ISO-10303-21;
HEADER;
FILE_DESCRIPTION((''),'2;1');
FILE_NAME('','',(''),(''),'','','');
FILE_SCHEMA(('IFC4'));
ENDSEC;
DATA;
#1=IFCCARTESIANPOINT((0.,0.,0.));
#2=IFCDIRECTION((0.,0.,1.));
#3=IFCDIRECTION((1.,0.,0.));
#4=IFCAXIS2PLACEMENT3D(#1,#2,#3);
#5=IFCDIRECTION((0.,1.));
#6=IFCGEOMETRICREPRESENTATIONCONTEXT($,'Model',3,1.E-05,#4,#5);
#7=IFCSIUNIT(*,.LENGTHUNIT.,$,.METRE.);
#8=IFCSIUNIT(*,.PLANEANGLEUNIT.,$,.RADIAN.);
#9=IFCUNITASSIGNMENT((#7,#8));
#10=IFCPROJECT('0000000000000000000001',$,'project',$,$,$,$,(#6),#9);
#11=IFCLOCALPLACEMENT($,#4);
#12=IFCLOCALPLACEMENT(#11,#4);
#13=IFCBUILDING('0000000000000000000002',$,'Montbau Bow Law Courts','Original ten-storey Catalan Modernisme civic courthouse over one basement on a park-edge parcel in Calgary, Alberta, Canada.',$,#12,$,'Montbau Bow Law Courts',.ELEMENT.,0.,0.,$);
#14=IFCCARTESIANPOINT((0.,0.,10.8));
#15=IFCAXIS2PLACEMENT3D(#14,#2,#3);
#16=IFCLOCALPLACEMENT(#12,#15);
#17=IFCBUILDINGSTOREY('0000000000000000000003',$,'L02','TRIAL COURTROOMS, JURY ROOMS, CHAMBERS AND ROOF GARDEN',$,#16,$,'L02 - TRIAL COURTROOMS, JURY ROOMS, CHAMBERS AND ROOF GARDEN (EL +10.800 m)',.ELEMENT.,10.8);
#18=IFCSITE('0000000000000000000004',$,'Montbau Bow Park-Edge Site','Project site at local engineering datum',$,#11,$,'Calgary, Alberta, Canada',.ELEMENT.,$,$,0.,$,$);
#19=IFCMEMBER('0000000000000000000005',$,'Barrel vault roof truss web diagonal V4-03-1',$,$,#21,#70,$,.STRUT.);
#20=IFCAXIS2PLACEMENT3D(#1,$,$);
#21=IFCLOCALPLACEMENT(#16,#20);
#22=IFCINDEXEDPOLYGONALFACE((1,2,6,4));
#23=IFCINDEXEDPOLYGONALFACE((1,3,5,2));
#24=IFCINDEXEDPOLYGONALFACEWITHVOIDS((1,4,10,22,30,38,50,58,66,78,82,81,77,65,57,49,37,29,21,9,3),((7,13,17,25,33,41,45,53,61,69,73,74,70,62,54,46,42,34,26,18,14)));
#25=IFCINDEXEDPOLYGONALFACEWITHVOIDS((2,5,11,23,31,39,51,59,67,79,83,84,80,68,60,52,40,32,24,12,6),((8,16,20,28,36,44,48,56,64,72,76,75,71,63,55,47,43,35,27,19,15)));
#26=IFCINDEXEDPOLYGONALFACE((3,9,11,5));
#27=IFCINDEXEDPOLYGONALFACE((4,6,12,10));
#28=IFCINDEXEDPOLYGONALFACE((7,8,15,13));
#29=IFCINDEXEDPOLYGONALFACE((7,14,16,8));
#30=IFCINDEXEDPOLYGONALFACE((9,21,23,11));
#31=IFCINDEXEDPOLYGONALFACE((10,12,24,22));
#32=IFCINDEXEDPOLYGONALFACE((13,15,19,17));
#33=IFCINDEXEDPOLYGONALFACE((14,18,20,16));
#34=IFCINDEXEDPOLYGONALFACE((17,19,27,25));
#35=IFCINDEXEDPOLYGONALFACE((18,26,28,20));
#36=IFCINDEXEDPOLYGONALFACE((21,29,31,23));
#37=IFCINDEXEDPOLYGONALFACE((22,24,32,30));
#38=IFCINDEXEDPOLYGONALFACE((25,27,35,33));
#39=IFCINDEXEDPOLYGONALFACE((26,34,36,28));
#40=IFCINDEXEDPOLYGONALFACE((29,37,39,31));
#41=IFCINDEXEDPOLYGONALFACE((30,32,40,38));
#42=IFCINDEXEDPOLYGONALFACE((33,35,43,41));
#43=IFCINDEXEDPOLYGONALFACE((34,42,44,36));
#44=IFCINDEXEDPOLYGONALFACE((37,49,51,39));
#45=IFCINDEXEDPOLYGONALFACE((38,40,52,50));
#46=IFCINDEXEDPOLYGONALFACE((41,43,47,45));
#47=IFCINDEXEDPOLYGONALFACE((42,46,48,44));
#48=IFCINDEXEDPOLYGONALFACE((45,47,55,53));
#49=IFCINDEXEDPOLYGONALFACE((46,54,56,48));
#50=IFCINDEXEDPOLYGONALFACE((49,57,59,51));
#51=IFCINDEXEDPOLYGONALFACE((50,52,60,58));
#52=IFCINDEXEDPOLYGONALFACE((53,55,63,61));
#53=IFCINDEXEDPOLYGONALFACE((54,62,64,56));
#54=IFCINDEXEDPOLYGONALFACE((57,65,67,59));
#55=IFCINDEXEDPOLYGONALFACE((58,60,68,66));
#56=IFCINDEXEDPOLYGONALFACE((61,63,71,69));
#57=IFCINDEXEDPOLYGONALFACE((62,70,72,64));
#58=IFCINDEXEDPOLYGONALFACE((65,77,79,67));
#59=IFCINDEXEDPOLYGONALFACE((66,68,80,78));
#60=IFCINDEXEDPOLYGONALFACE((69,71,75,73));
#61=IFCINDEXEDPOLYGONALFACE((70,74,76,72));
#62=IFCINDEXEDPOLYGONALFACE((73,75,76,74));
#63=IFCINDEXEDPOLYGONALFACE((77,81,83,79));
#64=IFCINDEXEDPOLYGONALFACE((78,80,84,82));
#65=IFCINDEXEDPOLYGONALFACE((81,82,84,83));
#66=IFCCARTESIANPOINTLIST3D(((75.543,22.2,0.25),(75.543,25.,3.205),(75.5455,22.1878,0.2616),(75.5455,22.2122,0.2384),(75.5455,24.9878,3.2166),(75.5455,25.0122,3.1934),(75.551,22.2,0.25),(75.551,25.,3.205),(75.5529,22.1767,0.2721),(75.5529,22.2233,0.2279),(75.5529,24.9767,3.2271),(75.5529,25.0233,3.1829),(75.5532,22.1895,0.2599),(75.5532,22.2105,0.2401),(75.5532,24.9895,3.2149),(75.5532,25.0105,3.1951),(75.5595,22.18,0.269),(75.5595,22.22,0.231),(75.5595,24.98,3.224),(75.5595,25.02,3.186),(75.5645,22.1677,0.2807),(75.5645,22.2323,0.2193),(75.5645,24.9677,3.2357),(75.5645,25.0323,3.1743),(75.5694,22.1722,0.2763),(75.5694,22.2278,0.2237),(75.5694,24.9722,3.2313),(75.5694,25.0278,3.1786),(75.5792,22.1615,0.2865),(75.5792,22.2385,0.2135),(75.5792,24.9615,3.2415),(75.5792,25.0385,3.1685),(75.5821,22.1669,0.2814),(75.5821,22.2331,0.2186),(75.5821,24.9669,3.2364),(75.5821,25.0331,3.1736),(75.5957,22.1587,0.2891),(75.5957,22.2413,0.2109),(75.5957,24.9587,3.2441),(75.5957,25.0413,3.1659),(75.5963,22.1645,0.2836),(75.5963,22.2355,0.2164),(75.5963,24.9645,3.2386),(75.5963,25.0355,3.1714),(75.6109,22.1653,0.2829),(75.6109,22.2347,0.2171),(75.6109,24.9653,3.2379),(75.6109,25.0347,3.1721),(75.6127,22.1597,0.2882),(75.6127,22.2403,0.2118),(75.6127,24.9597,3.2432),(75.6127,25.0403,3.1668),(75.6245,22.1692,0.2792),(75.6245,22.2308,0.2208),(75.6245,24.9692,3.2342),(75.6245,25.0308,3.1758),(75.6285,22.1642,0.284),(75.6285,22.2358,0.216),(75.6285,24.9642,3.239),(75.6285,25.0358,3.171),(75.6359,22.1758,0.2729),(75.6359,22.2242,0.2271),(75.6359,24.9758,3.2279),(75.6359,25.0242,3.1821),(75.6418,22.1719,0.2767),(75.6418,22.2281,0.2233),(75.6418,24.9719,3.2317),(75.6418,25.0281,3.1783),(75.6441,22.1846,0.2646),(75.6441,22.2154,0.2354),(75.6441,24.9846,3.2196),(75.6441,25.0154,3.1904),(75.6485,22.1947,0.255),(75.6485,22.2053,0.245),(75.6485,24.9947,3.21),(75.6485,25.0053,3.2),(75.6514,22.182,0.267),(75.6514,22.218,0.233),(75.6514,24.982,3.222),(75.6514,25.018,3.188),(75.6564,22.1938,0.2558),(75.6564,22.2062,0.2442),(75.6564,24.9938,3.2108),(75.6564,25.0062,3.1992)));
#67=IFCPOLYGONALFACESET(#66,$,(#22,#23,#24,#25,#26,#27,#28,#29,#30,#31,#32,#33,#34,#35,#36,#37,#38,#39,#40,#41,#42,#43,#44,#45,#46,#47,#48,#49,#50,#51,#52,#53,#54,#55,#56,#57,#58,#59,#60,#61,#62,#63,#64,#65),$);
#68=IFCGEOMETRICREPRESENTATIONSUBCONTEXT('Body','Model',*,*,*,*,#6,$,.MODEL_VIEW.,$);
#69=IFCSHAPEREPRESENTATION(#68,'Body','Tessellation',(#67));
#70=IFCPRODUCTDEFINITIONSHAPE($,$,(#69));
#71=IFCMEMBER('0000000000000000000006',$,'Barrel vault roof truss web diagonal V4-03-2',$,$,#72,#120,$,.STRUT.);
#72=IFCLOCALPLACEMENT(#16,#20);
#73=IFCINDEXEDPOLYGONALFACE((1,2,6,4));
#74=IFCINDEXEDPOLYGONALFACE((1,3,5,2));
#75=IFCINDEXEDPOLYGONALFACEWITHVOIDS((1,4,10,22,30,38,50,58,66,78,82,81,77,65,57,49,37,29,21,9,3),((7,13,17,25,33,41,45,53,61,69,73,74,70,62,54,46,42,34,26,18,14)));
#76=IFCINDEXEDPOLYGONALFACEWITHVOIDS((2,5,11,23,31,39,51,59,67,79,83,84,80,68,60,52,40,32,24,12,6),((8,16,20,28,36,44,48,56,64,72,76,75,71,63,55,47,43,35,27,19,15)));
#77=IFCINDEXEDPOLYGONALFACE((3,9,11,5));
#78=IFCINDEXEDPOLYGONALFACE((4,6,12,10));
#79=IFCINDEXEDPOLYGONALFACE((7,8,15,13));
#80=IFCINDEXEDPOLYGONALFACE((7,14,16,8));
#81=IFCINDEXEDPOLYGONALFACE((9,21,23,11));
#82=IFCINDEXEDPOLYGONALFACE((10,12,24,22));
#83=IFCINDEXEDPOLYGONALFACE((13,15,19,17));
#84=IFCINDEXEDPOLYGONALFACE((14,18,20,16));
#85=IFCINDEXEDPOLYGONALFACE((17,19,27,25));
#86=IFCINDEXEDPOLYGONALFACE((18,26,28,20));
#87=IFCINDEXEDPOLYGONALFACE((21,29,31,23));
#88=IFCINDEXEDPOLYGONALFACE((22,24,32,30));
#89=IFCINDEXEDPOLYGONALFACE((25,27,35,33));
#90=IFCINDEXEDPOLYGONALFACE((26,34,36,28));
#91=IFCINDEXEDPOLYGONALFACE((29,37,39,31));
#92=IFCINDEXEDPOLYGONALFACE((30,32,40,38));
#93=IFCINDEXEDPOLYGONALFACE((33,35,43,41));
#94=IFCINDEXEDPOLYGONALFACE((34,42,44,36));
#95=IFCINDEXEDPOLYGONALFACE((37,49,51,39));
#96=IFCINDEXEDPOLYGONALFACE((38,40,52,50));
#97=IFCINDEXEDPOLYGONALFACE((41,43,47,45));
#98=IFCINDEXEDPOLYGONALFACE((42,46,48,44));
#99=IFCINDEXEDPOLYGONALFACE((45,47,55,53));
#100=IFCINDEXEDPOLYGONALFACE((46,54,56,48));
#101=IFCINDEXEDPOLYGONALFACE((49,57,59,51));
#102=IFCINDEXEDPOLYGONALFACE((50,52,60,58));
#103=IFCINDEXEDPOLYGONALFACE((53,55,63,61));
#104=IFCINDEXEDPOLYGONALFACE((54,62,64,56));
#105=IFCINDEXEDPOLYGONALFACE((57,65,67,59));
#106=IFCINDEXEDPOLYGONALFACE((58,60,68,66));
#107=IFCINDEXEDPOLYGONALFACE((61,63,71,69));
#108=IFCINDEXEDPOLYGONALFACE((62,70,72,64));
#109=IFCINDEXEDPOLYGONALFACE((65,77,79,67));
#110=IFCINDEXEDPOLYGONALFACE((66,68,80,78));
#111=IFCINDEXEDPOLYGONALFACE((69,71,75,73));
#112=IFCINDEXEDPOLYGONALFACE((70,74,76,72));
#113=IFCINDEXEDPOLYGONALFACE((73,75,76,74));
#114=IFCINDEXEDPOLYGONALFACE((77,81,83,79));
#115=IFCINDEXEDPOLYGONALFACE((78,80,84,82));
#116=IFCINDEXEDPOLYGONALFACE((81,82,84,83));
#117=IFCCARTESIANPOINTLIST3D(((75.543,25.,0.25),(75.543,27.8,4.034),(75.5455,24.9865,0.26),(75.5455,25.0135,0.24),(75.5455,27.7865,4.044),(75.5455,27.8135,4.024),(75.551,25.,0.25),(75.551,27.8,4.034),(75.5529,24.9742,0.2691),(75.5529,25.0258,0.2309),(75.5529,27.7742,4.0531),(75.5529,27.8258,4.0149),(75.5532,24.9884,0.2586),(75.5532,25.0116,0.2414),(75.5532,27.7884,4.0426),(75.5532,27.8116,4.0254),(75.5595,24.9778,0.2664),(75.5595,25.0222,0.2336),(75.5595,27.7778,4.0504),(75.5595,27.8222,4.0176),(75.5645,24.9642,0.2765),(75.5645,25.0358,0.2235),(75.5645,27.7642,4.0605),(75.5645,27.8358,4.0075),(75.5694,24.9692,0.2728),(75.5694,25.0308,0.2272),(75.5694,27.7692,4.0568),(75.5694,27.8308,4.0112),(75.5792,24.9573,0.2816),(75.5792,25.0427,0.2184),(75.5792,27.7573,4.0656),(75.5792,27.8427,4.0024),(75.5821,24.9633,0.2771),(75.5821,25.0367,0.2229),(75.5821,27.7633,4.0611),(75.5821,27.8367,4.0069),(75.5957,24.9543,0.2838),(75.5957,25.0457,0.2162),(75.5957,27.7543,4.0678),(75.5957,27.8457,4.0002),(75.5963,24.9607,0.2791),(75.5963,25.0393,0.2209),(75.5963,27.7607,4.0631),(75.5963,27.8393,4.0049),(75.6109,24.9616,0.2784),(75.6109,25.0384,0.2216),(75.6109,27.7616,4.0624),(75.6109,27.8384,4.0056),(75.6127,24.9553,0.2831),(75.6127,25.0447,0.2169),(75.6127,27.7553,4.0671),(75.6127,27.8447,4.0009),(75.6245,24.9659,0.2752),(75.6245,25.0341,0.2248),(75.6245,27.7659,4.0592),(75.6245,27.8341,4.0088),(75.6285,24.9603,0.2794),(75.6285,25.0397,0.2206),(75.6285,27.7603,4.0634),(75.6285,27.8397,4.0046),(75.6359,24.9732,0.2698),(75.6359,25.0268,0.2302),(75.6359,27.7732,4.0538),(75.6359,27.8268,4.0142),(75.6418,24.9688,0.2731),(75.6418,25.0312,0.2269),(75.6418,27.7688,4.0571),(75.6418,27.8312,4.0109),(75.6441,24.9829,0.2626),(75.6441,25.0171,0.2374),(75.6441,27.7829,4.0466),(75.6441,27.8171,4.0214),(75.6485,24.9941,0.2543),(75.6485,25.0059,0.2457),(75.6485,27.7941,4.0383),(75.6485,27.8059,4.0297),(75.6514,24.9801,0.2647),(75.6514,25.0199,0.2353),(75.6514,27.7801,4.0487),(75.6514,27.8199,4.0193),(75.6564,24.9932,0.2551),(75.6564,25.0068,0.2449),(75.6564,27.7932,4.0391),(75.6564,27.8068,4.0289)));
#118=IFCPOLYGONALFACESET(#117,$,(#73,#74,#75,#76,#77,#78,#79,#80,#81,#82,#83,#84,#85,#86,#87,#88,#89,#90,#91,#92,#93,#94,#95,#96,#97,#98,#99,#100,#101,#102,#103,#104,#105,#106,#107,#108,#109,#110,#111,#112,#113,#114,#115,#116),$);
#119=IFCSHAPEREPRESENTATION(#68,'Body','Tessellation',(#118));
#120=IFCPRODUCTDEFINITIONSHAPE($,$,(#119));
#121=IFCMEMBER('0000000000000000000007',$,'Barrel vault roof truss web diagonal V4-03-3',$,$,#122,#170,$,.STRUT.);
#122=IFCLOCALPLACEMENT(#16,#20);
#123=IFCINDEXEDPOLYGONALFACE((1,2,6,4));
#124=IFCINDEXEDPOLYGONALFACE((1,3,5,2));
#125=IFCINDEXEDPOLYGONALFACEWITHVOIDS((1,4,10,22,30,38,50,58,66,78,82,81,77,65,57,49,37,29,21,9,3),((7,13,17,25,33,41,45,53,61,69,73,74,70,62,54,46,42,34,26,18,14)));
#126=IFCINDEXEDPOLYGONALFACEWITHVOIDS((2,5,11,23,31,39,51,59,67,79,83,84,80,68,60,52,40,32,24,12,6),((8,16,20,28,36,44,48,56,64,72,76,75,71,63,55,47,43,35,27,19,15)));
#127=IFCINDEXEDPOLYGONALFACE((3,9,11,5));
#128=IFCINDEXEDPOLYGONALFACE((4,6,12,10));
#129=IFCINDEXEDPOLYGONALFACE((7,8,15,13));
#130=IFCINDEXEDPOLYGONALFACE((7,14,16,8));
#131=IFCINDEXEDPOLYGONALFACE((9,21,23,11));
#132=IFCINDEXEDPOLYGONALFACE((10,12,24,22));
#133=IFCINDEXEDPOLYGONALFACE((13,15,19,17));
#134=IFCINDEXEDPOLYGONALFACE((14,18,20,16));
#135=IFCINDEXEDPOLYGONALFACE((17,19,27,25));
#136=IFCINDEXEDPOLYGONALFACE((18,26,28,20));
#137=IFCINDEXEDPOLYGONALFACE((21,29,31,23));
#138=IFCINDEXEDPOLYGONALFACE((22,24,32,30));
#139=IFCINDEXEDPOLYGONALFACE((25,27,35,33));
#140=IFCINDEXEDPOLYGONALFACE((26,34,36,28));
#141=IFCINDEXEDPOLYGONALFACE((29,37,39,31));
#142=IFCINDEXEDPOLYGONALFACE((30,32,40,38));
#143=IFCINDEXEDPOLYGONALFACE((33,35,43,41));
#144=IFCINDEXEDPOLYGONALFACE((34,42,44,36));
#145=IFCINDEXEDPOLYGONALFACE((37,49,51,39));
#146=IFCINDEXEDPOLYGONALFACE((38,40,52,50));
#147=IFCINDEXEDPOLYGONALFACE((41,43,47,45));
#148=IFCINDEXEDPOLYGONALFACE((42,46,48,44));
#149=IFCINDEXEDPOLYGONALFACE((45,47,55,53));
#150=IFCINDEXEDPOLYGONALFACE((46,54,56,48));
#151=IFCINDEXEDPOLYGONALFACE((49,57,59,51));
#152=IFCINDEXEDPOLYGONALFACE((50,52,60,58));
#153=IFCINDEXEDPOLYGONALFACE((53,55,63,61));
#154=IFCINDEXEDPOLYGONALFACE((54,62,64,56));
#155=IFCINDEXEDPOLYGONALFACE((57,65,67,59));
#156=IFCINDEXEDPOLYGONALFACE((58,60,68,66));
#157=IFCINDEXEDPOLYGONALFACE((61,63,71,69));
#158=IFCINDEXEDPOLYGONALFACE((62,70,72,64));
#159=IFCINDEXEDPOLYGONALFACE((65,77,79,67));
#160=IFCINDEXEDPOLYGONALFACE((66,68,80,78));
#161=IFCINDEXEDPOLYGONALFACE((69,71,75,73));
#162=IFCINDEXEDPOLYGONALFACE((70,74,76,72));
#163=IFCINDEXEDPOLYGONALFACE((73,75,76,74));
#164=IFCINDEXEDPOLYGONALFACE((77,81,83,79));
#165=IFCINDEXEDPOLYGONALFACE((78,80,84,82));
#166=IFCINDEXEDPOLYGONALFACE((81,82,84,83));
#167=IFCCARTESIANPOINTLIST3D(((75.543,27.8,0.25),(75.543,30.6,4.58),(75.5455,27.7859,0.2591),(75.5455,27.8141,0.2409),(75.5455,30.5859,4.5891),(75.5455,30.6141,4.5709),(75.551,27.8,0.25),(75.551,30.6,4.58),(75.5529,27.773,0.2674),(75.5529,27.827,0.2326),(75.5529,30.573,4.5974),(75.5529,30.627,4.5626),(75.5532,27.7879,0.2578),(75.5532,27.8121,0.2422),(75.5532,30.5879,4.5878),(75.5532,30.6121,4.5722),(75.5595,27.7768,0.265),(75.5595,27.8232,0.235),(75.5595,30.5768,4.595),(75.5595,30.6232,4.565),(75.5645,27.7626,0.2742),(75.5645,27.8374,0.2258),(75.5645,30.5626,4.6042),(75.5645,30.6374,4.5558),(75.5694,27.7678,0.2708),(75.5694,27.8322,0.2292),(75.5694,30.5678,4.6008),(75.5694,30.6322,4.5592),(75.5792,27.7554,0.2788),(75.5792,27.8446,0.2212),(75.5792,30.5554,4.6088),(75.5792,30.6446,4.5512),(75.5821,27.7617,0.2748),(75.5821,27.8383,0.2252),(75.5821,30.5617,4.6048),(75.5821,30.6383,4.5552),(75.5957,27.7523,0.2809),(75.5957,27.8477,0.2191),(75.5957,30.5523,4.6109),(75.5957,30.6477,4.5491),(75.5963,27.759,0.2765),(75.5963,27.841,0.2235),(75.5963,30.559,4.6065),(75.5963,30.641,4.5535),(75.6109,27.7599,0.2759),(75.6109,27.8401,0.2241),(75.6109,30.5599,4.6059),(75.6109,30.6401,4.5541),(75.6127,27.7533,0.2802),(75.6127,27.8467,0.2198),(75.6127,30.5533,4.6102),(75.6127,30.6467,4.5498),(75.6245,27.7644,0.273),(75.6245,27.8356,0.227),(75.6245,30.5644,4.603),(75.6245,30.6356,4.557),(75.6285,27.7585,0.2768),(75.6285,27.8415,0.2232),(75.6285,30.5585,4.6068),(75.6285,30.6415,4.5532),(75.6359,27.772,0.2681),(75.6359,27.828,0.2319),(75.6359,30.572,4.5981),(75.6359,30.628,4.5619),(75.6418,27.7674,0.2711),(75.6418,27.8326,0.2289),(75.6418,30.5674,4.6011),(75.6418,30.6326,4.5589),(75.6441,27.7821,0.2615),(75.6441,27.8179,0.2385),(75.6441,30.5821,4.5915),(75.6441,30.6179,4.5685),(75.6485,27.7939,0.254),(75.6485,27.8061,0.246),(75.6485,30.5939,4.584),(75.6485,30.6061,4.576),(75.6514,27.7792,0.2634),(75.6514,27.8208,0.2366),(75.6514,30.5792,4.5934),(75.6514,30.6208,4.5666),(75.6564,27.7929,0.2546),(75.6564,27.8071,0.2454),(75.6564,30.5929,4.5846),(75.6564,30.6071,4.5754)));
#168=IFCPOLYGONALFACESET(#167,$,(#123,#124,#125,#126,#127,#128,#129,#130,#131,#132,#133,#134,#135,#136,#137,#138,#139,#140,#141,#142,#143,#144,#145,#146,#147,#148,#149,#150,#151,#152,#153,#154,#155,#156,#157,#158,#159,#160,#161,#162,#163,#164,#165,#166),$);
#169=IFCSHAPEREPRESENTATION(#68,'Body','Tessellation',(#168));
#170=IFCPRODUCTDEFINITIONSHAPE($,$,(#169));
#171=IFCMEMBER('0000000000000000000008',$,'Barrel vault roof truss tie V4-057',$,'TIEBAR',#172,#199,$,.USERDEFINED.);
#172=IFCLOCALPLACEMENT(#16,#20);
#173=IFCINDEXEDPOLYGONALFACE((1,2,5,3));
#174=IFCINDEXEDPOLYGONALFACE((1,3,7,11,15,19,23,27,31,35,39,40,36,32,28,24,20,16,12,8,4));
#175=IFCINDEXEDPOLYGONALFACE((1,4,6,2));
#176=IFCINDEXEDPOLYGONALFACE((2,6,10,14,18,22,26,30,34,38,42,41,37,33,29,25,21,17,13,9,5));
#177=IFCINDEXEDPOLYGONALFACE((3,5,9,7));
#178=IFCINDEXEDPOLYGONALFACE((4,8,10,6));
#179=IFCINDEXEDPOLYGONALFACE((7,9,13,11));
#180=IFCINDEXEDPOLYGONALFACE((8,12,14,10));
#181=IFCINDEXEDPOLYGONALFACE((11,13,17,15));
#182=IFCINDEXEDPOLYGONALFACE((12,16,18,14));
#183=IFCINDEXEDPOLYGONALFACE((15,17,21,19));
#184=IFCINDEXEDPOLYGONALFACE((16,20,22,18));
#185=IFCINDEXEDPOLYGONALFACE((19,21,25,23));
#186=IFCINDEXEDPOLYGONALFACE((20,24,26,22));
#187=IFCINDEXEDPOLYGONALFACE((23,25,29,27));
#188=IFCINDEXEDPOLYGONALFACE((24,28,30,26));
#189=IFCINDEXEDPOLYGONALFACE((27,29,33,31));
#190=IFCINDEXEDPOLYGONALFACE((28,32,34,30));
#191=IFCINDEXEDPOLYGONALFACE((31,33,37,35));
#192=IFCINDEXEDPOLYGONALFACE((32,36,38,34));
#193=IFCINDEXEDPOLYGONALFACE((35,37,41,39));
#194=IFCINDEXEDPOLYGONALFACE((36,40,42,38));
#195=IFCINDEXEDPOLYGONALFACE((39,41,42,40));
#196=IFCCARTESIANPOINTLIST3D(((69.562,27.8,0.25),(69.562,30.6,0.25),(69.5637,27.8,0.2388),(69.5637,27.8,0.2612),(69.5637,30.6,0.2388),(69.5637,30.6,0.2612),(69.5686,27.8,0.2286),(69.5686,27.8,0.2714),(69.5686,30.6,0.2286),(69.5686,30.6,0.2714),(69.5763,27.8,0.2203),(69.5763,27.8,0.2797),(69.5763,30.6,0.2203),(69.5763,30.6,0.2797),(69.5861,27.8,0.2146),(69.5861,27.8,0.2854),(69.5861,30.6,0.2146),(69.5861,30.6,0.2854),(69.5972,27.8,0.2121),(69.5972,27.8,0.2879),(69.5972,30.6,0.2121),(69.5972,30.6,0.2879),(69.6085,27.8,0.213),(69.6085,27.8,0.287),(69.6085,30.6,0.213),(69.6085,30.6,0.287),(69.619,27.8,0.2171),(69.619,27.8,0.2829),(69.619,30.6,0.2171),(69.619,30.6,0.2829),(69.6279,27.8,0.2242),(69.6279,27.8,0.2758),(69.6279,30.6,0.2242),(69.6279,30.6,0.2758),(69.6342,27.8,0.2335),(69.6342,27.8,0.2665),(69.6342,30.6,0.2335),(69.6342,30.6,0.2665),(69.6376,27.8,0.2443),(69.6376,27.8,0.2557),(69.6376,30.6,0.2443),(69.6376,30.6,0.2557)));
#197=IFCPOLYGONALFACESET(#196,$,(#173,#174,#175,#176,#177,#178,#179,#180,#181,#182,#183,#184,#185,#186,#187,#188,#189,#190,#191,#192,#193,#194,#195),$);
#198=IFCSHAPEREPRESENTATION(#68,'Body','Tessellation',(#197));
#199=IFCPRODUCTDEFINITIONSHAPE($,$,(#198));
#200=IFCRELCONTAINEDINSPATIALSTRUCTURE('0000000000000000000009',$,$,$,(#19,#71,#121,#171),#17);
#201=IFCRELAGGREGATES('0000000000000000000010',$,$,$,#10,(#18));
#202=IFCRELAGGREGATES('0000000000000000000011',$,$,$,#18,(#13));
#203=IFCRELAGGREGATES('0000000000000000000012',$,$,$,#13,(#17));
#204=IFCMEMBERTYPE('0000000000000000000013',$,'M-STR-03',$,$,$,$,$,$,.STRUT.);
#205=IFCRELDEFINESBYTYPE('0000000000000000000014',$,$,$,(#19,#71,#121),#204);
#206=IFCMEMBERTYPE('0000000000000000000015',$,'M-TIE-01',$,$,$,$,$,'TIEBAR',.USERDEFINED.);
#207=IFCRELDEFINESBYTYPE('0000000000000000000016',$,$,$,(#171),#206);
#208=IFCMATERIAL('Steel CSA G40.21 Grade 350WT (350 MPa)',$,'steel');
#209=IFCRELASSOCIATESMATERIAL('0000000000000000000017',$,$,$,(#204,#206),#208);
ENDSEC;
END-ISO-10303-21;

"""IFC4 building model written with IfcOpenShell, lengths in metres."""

from ifc_helpers import new_model, si_unit, direction, frame, origin_with_axes, origin_2d_with_axis, place, context, subcontext, project, spatial, circle, hollow_circle, extrude, material, material_profile, profile_set, type_object, element, save


model = new_model("IFC4")

# Units and contexts
model_context = context("Model", 3, precision=1e-05, world=origin_with_axes(), true_north=direction((0.0, 1.0)))
body_context = subcontext(model_context, "Body", "Model", "MODEL_VIEW")
ifc_project = project(units=[si_unit("LENGTHUNIT", "METRE"), si_unit("PLANEANGLEUNIT", "RADIAN")], contexts=[model_context])

# Site, building, storey
site_placement = place(None, origin_with_axes())
site = spatial("IfcSite", under=ifc_project, at=site_placement, Name="Montbau Bow Park-Edge Site", Description="Project site at local engineering datum", LongName="Calgary, Alberta, Canada", CompositionType="ELEMENT", RefElevation=0.0)
building_placement = place(site_placement, origin_with_axes())
building = spatial("IfcBuilding", under=site, at=building_placement, Name="Montbau Bow Law Courts", Description="Original ten-storey Catalan Modernisme civic courthouse over one basement on a park-edge parcel in Calgary, Alberta, Canada.", LongName="Montbau Bow Law Courts", CompositionType="ELEMENT", ElevationOfRefHeight=0.0, ElevationOfTerrain=0.0)
storey_placement = place(building_placement, frame((0.0, 0.0, 10.8), z_axis=(0.0, 0.0, 1.0), x_axis=(1.0, 0.0, 0.0)))
storey = spatial("IfcBuildingStorey", under=building, at=storey_placement, Name="L02", Description="TRIAL COURTROOMS, JURY ROOMS, CHAMBERS AND ROOF GARDEN", LongName="L02 - TRIAL COURTROOMS, JURY ROOMS, CHAMBERS AND ROOF GARDEN (EL +10.800 m)", CompositionType="ELEMENT", Elevation=10.8)

# Shared definitions
ifc_material_1 = material(Name="Steel CSA G40.21 Grade 350WT (350 MPa)", Category="steel")

# Members
ifc_material_profile_1 = material_profile(ifc_material_1, hollow_circle(Radius=0.057, WallThickness=0.008, at=origin_2d_with_axis()), Name="HSS114X8.0", Category="Main", Priority=0)
ifc_profile_set_1 = profile_set([ifc_material_profile_1], Name="Steel CSA G40.21 Grade 350WT (350 MPa)")
member_type_1 = type_object("IfcMemberType", Name="M-STR-03", PredefinedType="STRUT", material=ifc_profile_set_1)
member_1_placement = place(None, frame((75.6, 22.2, 11.05), z_axis=(0.0, 0.687813, 0.725888), x_axis=(-1.0, 0.0, 0.0)))
element("IfcMember", 1, at=member_1_placement, inside=storey, type_object=member_type_1, Name="Barrel vault roof truss web diagonal V4-03-1", PredefinedType="STRUT", context=body_context, shape_type="SweptSolid", body=[
    extrude(hollow_circle(Radius=0.057, WallThickness=0.008, at=origin_2d_with_axis()), origin_with_axes(), (0.0, 0.0, 1.0), 4.0709),
])
member_2_placement = place(None, frame((75.6, 25.0, 11.05), z_axis=(0.0, 0.594821, 0.803858), x_axis=(-1.0, 0.0, 0.0)))
element("IfcMember", 2, at=member_2_placement, inside=storey, type_object=member_type_1, Name="Barrel vault roof truss web diagonal V4-03-2", PredefinedType="STRUT", context=body_context, shape_type="SweptSolid", body=[
    extrude(hollow_circle(Radius=0.057, WallThickness=0.008, at=origin_2d_with_axis()), origin_with_axes(), (0.0, 0.0, 1.0), 4.7073),
])
member_3_placement = place(None, frame((75.6, 27.8, 11.05), z_axis=(0.0, 0.54301, 0.839726), x_axis=(-1.0, 0.0, 0.0)))
element("IfcMember", 3, at=member_3_placement, inside=storey, type_object=member_type_1, Name="Barrel vault roof truss web diagonal V4-03-3", PredefinedType="STRUT", context=body_context, shape_type="SweptSolid", body=[
    extrude(hollow_circle(Radius=0.057, WallThickness=0.008, at=origin_2d_with_axis()), origin_with_axes(), (0.0, 0.0, 1.0), 5.1564),
])
ifc_material_profile_2 = material_profile(ifc_material_1, circle(Radius=0.038, at=origin_2d_with_axis()), Name="ROD76", Category="Main", Priority=0)
ifc_profile_set_2 = profile_set([ifc_material_profile_2], Name="Steel CSA G40.21 Grade 350WT (350 MPa)")
member_type_2 = type_object("IfcMemberType", Name="M-TIE-01", ElementType="TIEBAR", PredefinedType="USERDEFINED", material=ifc_profile_set_2)
for number, where, z_axis, x_axis, name in (
    (4, (69.6, 27.8, 11.05), (0.0, 1.0, 0.0), (-1.0, 0.0, 0.0), "Barrel vault roof truss tie V4-057"),
):
    element("IfcMember", number, at=place(None, frame(where, z_axis=z_axis, x_axis=x_axis)), inside=storey, type_object=member_type_2, Name=name, ObjectType="TIEBAR", PredefinedType="USERDEFINED", context=body_context, shape_type="SweptSolid", body=[
        extrude(circle(Radius=0.038, at=origin_2d_with_axis()), origin_with_axes(), (0.0, 0.0, 1.0), 2.8),
    ])

save(model, "model.ifc")
